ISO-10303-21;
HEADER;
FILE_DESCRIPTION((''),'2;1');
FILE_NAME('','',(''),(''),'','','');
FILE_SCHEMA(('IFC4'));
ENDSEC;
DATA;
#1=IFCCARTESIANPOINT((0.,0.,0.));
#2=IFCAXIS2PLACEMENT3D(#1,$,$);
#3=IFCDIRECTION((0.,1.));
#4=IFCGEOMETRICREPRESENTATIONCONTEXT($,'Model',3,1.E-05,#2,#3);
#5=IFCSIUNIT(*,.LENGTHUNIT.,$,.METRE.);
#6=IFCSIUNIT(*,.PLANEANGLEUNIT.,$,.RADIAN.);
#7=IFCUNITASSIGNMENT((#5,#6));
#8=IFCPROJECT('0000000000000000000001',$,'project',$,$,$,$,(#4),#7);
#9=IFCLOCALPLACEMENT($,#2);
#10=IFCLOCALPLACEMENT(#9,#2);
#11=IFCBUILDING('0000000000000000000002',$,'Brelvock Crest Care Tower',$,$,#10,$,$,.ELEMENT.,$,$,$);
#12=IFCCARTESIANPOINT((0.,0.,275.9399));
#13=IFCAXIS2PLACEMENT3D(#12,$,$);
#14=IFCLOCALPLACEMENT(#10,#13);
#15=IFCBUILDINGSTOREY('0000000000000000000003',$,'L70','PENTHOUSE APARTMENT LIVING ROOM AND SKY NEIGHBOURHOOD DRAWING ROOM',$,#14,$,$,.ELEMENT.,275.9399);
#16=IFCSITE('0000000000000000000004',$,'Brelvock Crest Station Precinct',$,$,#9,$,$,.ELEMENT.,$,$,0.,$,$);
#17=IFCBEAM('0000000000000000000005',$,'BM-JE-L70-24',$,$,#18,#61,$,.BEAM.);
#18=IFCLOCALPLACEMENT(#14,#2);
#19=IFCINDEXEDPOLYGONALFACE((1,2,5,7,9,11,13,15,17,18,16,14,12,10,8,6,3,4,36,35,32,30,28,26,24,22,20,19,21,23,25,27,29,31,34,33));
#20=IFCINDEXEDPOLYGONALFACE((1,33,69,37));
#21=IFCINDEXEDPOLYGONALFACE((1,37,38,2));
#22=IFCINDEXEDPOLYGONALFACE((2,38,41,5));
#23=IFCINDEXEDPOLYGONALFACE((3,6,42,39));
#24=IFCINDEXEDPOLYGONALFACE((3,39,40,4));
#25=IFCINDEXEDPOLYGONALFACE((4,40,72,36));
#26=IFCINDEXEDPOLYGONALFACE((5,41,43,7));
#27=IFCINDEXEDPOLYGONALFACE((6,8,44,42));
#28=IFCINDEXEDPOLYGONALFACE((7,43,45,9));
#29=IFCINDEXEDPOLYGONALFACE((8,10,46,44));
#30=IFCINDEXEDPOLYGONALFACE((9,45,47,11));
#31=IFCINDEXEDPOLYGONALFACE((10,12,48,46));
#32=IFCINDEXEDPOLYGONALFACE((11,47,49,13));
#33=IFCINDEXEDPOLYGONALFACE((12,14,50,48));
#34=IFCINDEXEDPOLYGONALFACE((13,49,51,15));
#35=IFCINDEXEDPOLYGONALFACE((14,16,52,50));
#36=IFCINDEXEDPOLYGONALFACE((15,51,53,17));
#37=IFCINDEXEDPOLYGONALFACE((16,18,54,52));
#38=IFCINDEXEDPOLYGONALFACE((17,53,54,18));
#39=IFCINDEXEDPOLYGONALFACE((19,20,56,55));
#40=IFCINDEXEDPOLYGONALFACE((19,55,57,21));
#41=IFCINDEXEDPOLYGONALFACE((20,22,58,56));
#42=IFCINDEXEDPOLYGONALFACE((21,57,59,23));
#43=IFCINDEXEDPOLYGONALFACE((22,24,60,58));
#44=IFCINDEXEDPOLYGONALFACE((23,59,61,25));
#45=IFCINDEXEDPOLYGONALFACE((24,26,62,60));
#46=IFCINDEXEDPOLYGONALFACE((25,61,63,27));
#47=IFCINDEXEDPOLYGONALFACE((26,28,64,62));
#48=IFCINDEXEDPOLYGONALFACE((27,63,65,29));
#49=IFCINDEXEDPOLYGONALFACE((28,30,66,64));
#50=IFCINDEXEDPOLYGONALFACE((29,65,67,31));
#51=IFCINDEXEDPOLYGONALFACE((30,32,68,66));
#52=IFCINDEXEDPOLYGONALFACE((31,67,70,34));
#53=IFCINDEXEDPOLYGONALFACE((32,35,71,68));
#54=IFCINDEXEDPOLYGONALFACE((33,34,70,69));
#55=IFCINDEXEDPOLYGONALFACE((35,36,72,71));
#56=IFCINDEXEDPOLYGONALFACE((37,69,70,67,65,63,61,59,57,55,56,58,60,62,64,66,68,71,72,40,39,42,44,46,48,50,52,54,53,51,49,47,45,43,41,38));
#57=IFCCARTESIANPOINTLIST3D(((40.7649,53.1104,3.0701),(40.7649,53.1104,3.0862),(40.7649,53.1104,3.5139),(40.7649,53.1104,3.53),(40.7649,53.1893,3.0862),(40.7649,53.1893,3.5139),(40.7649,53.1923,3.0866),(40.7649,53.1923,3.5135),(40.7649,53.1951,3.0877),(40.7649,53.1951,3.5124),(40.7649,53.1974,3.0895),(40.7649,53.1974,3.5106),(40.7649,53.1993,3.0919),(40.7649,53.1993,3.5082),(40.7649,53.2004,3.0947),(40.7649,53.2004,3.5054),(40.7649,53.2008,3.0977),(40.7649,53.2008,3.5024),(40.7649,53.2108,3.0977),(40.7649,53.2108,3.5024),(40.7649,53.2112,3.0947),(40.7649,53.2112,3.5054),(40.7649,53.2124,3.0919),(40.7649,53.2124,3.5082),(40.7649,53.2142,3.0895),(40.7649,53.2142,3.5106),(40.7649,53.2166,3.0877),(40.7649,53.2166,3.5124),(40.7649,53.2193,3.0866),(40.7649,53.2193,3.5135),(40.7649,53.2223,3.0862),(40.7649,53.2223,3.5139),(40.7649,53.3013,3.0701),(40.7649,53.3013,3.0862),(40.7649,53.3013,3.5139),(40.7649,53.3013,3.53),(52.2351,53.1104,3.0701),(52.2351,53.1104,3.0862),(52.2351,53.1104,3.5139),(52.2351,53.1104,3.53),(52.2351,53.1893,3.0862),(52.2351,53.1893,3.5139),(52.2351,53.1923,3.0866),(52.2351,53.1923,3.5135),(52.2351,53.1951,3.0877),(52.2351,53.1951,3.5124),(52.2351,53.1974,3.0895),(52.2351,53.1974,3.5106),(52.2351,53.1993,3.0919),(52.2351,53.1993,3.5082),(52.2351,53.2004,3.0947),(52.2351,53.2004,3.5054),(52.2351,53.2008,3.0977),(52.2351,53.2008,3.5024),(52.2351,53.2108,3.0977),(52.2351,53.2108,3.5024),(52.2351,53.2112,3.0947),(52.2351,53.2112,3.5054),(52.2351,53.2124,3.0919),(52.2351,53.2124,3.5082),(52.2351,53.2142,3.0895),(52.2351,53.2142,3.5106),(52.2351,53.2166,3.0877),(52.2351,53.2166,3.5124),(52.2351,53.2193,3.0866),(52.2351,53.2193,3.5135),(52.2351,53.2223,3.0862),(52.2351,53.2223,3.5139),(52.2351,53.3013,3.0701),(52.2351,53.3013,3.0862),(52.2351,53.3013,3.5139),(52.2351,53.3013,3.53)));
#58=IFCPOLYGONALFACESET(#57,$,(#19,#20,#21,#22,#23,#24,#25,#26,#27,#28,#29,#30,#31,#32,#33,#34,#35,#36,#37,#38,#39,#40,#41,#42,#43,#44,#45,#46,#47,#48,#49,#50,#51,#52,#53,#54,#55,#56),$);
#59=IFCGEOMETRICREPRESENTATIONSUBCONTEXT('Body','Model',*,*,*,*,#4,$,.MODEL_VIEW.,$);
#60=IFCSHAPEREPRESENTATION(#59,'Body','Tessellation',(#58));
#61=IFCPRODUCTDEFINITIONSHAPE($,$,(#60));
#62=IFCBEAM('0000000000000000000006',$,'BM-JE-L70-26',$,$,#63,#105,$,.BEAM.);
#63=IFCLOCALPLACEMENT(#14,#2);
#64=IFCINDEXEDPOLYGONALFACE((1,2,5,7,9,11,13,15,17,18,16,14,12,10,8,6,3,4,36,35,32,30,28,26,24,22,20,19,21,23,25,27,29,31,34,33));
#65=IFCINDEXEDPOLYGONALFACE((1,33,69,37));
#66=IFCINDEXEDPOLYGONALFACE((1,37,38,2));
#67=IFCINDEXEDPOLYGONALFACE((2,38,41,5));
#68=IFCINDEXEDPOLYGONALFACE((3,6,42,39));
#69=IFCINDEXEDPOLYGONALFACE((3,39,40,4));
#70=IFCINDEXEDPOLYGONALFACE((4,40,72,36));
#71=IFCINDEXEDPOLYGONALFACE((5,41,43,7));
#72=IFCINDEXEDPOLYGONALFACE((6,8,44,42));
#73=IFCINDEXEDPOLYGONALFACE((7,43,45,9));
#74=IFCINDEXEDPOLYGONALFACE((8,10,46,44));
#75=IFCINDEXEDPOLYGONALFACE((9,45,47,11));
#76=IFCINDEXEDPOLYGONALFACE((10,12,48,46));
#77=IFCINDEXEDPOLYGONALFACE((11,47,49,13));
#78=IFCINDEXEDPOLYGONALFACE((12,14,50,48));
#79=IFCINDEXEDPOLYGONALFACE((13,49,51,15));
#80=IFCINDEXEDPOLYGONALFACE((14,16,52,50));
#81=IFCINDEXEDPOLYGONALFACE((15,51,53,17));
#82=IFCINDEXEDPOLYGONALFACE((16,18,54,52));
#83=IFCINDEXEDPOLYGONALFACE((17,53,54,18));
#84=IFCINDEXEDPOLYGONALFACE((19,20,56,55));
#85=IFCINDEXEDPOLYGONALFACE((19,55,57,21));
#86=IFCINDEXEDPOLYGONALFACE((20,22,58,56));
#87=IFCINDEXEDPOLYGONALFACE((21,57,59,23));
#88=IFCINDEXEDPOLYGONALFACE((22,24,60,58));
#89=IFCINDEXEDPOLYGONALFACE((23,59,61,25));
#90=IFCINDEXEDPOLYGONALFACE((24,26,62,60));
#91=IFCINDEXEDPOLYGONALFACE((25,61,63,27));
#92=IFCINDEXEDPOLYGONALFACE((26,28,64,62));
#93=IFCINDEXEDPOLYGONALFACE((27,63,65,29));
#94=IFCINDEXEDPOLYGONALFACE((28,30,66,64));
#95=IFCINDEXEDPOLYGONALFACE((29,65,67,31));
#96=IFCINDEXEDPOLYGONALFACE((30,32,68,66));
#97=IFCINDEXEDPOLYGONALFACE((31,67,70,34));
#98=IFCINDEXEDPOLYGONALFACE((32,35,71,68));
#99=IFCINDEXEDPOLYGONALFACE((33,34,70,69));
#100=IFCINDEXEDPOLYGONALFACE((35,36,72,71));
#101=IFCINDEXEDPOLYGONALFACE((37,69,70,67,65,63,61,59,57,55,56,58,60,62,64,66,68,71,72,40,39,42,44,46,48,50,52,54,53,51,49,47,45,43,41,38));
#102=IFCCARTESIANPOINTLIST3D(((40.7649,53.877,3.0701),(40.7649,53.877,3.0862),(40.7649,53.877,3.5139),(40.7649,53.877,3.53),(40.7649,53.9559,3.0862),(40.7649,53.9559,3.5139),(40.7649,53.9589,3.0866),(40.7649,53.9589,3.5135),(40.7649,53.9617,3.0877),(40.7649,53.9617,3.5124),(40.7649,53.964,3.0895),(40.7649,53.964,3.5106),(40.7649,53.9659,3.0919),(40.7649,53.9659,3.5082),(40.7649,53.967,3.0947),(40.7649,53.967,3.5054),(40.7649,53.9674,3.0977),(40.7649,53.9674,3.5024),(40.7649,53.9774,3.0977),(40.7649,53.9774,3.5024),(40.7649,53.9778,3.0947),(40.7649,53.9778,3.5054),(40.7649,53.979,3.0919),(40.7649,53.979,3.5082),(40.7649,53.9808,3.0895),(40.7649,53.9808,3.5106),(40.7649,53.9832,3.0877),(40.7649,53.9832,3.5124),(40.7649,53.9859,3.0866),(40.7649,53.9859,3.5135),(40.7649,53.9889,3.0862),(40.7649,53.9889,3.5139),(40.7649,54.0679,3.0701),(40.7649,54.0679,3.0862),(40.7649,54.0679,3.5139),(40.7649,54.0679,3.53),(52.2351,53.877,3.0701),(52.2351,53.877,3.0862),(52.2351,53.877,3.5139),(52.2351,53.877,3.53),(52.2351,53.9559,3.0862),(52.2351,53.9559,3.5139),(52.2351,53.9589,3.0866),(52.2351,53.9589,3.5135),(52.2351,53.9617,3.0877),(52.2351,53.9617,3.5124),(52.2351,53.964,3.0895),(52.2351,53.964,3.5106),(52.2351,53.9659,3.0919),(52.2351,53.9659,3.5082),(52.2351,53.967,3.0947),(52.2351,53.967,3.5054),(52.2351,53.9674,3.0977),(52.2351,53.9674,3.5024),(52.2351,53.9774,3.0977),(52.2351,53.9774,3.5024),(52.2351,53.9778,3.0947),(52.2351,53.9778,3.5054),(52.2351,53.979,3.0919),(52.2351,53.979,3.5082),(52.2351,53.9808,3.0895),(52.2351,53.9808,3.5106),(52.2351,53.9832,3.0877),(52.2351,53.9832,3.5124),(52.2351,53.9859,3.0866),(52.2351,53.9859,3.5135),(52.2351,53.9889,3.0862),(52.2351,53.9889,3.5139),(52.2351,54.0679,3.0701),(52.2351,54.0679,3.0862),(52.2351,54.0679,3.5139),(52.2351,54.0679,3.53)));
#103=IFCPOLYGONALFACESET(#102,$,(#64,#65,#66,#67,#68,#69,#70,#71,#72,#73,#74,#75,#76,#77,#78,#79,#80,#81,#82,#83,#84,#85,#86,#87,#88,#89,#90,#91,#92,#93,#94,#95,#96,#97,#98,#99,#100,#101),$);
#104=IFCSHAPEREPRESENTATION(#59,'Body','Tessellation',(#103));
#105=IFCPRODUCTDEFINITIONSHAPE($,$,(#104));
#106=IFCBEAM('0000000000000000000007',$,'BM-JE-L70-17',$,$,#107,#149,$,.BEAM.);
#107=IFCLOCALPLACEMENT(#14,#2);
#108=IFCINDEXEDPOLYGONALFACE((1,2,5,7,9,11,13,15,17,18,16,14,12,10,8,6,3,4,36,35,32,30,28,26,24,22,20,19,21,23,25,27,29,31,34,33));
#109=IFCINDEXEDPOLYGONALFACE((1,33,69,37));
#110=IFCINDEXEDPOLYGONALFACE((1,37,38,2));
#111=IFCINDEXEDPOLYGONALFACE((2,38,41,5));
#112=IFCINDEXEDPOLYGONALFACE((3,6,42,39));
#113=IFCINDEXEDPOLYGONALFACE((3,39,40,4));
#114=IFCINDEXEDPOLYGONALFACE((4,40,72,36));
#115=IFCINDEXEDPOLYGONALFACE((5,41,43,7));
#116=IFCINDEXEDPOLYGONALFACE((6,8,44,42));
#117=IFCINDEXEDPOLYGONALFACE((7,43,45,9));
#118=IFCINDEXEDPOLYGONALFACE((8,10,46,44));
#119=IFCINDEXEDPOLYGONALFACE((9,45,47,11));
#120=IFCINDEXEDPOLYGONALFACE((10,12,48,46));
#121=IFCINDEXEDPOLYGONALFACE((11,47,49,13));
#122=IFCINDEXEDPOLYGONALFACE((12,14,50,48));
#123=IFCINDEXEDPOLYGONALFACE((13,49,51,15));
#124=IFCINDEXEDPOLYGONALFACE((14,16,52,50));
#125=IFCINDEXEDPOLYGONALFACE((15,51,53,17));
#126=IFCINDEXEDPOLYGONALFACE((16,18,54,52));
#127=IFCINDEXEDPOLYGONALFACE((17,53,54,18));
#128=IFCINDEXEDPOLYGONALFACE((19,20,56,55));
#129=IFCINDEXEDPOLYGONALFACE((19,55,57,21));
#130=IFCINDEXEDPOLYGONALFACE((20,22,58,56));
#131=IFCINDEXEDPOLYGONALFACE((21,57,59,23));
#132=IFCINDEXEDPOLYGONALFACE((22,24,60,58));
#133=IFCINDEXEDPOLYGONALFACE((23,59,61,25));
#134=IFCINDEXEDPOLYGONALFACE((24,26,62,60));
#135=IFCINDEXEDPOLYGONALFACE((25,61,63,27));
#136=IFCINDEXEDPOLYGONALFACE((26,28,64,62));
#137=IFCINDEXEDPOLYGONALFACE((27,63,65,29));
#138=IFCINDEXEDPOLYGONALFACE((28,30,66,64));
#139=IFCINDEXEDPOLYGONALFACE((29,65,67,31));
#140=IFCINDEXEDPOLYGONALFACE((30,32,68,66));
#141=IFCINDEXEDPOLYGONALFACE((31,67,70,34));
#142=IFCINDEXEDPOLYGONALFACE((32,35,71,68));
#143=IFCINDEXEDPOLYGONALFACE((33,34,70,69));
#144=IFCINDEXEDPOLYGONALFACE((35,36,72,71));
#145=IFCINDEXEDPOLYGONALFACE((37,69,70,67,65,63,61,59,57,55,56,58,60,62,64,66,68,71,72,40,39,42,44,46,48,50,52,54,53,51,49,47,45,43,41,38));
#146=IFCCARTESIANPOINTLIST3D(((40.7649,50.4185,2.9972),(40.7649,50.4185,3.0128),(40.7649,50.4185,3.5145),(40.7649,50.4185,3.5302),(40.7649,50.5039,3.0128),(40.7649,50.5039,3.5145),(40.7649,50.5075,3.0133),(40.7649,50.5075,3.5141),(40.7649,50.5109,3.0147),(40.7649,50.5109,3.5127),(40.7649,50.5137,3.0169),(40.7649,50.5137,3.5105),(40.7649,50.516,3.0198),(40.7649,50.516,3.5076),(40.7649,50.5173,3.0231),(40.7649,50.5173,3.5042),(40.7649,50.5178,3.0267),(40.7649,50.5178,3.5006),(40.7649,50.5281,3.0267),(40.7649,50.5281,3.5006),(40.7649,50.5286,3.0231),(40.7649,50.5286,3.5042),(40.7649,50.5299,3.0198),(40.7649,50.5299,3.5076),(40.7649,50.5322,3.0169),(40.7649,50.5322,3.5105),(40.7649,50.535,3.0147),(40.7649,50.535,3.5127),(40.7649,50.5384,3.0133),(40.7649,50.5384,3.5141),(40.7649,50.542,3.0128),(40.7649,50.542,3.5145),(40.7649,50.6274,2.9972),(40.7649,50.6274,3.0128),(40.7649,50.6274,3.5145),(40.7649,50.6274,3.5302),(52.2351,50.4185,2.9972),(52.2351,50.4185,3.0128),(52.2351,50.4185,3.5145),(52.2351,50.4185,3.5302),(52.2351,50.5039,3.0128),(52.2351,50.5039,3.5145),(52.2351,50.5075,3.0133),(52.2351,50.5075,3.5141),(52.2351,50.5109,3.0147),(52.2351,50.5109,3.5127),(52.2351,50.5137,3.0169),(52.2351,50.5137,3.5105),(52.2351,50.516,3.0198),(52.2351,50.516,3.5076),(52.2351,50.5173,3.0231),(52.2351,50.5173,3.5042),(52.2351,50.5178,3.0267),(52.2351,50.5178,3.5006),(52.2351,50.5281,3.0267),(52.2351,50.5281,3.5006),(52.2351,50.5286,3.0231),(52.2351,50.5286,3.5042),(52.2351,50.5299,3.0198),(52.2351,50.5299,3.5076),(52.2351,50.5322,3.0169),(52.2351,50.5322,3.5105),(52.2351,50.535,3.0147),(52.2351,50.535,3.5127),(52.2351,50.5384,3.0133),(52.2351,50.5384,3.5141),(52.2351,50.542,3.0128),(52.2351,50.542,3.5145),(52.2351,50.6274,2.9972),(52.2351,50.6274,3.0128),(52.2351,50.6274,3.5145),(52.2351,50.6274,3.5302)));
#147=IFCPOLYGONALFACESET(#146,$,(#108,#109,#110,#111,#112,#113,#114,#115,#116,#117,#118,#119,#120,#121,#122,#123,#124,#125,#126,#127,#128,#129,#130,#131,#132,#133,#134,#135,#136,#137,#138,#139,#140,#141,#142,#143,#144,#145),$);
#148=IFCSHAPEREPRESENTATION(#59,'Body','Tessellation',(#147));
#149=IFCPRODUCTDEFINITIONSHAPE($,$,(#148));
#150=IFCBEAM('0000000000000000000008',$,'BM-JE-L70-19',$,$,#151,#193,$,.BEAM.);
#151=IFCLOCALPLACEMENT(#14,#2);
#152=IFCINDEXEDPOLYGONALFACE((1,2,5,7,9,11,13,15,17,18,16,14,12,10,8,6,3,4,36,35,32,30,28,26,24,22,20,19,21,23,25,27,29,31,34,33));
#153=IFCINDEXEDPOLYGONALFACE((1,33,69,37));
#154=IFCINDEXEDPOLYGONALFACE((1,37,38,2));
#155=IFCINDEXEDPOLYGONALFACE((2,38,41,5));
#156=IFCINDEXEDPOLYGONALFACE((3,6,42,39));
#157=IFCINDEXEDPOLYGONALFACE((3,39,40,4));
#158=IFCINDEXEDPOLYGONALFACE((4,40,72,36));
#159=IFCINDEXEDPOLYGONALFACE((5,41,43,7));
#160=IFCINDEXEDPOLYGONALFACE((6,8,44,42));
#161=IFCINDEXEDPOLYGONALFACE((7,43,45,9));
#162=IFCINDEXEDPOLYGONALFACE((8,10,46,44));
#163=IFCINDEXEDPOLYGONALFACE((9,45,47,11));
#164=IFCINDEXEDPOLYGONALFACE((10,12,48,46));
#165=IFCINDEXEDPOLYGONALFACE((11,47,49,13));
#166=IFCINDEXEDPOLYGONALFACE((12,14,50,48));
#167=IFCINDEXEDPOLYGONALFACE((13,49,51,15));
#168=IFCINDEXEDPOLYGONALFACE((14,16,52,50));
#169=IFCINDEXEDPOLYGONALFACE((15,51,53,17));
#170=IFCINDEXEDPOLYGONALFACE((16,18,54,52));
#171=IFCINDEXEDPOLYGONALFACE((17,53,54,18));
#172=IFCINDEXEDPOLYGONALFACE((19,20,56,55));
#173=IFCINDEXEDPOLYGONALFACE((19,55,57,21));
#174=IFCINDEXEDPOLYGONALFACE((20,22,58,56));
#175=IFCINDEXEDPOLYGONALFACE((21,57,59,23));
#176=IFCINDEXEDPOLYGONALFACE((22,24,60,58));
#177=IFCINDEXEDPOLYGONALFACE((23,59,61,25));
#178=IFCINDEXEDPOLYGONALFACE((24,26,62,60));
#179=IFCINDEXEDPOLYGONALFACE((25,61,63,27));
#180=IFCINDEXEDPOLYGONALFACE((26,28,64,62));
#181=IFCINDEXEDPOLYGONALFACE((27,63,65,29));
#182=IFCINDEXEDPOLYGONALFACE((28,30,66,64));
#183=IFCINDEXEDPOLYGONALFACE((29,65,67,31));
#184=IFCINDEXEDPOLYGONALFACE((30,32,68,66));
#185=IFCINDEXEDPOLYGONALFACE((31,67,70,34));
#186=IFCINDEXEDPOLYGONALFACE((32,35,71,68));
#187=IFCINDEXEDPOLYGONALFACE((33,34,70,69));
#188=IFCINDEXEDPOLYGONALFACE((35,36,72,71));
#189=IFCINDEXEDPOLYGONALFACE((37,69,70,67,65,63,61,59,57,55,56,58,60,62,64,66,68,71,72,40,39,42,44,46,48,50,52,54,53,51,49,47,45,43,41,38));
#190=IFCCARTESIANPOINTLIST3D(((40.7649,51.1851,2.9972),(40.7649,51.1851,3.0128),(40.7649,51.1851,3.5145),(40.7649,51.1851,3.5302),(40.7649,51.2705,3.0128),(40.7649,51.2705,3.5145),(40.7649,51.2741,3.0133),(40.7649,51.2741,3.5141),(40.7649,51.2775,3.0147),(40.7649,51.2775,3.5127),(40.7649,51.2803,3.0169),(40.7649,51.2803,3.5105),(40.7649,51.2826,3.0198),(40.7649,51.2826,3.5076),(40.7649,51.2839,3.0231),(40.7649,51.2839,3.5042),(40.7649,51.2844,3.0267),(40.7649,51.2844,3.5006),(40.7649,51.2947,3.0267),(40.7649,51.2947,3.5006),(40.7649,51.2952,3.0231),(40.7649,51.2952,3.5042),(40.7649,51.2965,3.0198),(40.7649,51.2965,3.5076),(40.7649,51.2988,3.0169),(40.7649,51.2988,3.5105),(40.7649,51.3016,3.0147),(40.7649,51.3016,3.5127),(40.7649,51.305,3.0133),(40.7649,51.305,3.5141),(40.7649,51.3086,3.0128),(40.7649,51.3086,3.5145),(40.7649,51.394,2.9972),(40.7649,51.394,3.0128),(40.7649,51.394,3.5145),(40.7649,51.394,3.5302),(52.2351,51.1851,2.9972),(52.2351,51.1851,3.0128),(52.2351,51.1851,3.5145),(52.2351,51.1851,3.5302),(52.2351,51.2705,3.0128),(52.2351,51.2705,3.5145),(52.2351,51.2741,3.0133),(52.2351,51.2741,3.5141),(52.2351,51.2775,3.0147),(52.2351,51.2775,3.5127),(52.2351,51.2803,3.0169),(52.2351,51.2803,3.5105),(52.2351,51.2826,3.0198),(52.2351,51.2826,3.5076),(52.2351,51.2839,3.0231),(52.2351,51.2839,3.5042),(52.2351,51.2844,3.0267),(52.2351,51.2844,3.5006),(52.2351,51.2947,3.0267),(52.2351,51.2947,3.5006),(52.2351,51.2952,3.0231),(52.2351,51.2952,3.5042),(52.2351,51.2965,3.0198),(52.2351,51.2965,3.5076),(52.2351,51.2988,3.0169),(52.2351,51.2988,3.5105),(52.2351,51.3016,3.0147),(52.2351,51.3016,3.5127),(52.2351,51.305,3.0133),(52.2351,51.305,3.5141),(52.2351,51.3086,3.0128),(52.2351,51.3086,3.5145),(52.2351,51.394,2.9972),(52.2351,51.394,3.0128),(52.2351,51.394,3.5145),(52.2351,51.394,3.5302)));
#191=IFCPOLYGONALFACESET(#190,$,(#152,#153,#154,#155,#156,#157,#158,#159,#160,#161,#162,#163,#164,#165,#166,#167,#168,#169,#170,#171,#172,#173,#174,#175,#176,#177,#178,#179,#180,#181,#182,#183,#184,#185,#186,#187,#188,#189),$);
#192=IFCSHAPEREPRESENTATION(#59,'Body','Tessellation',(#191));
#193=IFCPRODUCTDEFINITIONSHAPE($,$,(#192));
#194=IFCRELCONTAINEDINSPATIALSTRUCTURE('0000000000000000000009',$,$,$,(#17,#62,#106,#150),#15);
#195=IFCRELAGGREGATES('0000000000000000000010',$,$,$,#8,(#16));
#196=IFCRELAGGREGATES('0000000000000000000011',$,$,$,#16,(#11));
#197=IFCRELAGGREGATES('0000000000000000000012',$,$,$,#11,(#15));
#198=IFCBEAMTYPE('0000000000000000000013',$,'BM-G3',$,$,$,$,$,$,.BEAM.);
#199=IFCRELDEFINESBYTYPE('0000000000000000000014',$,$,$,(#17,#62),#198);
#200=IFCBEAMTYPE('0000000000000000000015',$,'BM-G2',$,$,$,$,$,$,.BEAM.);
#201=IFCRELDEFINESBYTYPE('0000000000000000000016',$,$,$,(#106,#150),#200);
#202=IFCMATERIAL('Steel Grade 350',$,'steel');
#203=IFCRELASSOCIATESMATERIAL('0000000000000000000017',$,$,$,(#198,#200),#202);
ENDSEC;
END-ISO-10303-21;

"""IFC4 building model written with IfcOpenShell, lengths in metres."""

from ifc_helpers import new_model, si_unit, direction, frame, origin, origin_2d, place, context, subcontext, project, spatial, i_section, extrude, source, transform, mapped, material, material_profile, profile_set, type_object, element, save


model = new_model("IFC4")

# Units and contexts
model_context = context("Model", 3, precision=1e-05, world=origin(), true_north=direction((0.0, 1.0)))
body_context = subcontext(model_context, "Body", "Model", "MODEL_VIEW")
ifc_project = project(units=[si_unit("LENGTHUNIT", "METRE"), si_unit("PLANEANGLEUNIT", "RADIAN")], contexts=[model_context])

# Site, building, storey
site_placement = place(None, origin())
site = spatial("IfcSite", under=ifc_project, at=site_placement, Name="Brelvock Crest Station Precinct", CompositionType="ELEMENT", RefElevation=0.0)
building_placement = place(site_placement, origin())
building = spatial("IfcBuilding", under=site, at=building_placement, Name="Brelvock Crest Care Tower", CompositionType="ELEMENT")
storey_placement = place(building_placement, frame((0.0, 0.0, 275.9399)))
storey = spatial("IfcBuildingStorey", under=building, at=storey_placement, Name="L70", Description="PENTHOUSE APARTMENT LIVING ROOM AND SKY NEIGHBOURHOOD DRAWING ROOM", CompositionType="ELEMENT", Elevation=275.9399)

# Beams
ifc_material_1 = material(Name="Steel Grade 350", Category="steel")
ifc_material_profile_1 = material_profile(ifc_material_1, i_section(OverallWidth=0.1909, OverallDepth=0.46, WebThickness=0.01, FlangeThickness=0.0161, FilletRadius=0.0115, at=origin_2d()), Name="460UB82.1")
ifc_profile_set_1 = profile_set([ifc_material_profile_1], Name="Steel Grade 350")
beam_type_1 = type_object("IfcBeamType", Name="BM-G3", PredefinedType="BEAM", material=ifc_profile_set_1)
shared_shape_1 = source(origin(), body_context, "Body", "SweptSolid", [
    extrude(i_section(OverallWidth=0.1909, OverallDepth=0.46, WebThickness=0.01, FlangeThickness=0.0161, FilletRadius=0.0115, at=origin_2d()), origin(), (0.0, 0.0, 1.0), 11.4702),
])
for number, where, z_axis, x_axis, name in (
    (1, (40.7649, 53.2058, 3.3), (1.0, 0.0, 0.0), (0.0, 1.0, 0.0), "BM-JE-L70-24"),
    (2, (40.7649, 53.9724, 3.3), (1.0, 0.0, 0.0), (0.0, 1.0, 0.0), "BM-JE-L70-26"),
):
    element("IfcBeam", number, at=place(storey_placement, frame(where, z_axis=z_axis, x_axis=x_axis)), inside=storey, type_object=beam_type_1, Name=name, PredefinedType="BEAM", context=body_context, shape_type="MappedRepresentation", body=[
        mapped(shared_shape_1, transform((0.0, 0.0, 0.0), x_axis=(1.0, 0.0, 0.0), y_axis=(0.0, 1.0, 0.0), z_axis=(0.0, 0.0, 1.0), scale=1.0)),
    ])
ifc_material_profile_2 = material_profile(ifc_material_1, i_section(OverallWidth=0.209, OverallDepth=0.533, WebThickness=0.0103, FlangeThickness=0.0156, FilletRadius=0.0139, at=origin_2d()), Name="530UB92.4")
ifc_profile_set_2 = profile_set([ifc_material_profile_2], Name="Steel Grade 350")
beam_type_2 = type_object("IfcBeamType", Name="BM-G2", PredefinedType="BEAM", material=ifc_profile_set_2)
shared_shape_2 = source(origin(), body_context, "Body", "SweptSolid", [
    extrude(i_section(OverallWidth=0.209, OverallDepth=0.533, WebThickness=0.0103, FlangeThickness=0.0156, FilletRadius=0.0139, at=origin_2d()), origin(), (0.0, 0.0, 1.0), 11.4702),
])
for number, where, z_axis, x_axis, name in (
    (3, (40.7649, 50.5229, 3.2637), (1.0, 0.0, 0.0), (0.0, 1.0, 0.0), "BM-JE-L70-17"),
    (4, (40.7649, 51.2896, 3.2637), (1.0, 0.0, 0.0), (0.0, 1.0, 0.0), "BM-JE-L70-19"),
):
    element("IfcBeam", number, at=place(storey_placement, frame(where, z_axis=z_axis, x_axis=x_axis)), inside=storey, type_object=beam_type_2, Name=name, PredefinedType="BEAM", context=body_context, shape_type="MappedRepresentation", body=[
        mapped(shared_shape_2, transform((0.0, 0.0, 0.0), x_axis=(1.0, 0.0, 0.0), y_axis=(0.0, 1.0, 0.0), z_axis=(0.0, 0.0, 1.0), scale=1.0)),
    ])

save(model, "model.ifc")
